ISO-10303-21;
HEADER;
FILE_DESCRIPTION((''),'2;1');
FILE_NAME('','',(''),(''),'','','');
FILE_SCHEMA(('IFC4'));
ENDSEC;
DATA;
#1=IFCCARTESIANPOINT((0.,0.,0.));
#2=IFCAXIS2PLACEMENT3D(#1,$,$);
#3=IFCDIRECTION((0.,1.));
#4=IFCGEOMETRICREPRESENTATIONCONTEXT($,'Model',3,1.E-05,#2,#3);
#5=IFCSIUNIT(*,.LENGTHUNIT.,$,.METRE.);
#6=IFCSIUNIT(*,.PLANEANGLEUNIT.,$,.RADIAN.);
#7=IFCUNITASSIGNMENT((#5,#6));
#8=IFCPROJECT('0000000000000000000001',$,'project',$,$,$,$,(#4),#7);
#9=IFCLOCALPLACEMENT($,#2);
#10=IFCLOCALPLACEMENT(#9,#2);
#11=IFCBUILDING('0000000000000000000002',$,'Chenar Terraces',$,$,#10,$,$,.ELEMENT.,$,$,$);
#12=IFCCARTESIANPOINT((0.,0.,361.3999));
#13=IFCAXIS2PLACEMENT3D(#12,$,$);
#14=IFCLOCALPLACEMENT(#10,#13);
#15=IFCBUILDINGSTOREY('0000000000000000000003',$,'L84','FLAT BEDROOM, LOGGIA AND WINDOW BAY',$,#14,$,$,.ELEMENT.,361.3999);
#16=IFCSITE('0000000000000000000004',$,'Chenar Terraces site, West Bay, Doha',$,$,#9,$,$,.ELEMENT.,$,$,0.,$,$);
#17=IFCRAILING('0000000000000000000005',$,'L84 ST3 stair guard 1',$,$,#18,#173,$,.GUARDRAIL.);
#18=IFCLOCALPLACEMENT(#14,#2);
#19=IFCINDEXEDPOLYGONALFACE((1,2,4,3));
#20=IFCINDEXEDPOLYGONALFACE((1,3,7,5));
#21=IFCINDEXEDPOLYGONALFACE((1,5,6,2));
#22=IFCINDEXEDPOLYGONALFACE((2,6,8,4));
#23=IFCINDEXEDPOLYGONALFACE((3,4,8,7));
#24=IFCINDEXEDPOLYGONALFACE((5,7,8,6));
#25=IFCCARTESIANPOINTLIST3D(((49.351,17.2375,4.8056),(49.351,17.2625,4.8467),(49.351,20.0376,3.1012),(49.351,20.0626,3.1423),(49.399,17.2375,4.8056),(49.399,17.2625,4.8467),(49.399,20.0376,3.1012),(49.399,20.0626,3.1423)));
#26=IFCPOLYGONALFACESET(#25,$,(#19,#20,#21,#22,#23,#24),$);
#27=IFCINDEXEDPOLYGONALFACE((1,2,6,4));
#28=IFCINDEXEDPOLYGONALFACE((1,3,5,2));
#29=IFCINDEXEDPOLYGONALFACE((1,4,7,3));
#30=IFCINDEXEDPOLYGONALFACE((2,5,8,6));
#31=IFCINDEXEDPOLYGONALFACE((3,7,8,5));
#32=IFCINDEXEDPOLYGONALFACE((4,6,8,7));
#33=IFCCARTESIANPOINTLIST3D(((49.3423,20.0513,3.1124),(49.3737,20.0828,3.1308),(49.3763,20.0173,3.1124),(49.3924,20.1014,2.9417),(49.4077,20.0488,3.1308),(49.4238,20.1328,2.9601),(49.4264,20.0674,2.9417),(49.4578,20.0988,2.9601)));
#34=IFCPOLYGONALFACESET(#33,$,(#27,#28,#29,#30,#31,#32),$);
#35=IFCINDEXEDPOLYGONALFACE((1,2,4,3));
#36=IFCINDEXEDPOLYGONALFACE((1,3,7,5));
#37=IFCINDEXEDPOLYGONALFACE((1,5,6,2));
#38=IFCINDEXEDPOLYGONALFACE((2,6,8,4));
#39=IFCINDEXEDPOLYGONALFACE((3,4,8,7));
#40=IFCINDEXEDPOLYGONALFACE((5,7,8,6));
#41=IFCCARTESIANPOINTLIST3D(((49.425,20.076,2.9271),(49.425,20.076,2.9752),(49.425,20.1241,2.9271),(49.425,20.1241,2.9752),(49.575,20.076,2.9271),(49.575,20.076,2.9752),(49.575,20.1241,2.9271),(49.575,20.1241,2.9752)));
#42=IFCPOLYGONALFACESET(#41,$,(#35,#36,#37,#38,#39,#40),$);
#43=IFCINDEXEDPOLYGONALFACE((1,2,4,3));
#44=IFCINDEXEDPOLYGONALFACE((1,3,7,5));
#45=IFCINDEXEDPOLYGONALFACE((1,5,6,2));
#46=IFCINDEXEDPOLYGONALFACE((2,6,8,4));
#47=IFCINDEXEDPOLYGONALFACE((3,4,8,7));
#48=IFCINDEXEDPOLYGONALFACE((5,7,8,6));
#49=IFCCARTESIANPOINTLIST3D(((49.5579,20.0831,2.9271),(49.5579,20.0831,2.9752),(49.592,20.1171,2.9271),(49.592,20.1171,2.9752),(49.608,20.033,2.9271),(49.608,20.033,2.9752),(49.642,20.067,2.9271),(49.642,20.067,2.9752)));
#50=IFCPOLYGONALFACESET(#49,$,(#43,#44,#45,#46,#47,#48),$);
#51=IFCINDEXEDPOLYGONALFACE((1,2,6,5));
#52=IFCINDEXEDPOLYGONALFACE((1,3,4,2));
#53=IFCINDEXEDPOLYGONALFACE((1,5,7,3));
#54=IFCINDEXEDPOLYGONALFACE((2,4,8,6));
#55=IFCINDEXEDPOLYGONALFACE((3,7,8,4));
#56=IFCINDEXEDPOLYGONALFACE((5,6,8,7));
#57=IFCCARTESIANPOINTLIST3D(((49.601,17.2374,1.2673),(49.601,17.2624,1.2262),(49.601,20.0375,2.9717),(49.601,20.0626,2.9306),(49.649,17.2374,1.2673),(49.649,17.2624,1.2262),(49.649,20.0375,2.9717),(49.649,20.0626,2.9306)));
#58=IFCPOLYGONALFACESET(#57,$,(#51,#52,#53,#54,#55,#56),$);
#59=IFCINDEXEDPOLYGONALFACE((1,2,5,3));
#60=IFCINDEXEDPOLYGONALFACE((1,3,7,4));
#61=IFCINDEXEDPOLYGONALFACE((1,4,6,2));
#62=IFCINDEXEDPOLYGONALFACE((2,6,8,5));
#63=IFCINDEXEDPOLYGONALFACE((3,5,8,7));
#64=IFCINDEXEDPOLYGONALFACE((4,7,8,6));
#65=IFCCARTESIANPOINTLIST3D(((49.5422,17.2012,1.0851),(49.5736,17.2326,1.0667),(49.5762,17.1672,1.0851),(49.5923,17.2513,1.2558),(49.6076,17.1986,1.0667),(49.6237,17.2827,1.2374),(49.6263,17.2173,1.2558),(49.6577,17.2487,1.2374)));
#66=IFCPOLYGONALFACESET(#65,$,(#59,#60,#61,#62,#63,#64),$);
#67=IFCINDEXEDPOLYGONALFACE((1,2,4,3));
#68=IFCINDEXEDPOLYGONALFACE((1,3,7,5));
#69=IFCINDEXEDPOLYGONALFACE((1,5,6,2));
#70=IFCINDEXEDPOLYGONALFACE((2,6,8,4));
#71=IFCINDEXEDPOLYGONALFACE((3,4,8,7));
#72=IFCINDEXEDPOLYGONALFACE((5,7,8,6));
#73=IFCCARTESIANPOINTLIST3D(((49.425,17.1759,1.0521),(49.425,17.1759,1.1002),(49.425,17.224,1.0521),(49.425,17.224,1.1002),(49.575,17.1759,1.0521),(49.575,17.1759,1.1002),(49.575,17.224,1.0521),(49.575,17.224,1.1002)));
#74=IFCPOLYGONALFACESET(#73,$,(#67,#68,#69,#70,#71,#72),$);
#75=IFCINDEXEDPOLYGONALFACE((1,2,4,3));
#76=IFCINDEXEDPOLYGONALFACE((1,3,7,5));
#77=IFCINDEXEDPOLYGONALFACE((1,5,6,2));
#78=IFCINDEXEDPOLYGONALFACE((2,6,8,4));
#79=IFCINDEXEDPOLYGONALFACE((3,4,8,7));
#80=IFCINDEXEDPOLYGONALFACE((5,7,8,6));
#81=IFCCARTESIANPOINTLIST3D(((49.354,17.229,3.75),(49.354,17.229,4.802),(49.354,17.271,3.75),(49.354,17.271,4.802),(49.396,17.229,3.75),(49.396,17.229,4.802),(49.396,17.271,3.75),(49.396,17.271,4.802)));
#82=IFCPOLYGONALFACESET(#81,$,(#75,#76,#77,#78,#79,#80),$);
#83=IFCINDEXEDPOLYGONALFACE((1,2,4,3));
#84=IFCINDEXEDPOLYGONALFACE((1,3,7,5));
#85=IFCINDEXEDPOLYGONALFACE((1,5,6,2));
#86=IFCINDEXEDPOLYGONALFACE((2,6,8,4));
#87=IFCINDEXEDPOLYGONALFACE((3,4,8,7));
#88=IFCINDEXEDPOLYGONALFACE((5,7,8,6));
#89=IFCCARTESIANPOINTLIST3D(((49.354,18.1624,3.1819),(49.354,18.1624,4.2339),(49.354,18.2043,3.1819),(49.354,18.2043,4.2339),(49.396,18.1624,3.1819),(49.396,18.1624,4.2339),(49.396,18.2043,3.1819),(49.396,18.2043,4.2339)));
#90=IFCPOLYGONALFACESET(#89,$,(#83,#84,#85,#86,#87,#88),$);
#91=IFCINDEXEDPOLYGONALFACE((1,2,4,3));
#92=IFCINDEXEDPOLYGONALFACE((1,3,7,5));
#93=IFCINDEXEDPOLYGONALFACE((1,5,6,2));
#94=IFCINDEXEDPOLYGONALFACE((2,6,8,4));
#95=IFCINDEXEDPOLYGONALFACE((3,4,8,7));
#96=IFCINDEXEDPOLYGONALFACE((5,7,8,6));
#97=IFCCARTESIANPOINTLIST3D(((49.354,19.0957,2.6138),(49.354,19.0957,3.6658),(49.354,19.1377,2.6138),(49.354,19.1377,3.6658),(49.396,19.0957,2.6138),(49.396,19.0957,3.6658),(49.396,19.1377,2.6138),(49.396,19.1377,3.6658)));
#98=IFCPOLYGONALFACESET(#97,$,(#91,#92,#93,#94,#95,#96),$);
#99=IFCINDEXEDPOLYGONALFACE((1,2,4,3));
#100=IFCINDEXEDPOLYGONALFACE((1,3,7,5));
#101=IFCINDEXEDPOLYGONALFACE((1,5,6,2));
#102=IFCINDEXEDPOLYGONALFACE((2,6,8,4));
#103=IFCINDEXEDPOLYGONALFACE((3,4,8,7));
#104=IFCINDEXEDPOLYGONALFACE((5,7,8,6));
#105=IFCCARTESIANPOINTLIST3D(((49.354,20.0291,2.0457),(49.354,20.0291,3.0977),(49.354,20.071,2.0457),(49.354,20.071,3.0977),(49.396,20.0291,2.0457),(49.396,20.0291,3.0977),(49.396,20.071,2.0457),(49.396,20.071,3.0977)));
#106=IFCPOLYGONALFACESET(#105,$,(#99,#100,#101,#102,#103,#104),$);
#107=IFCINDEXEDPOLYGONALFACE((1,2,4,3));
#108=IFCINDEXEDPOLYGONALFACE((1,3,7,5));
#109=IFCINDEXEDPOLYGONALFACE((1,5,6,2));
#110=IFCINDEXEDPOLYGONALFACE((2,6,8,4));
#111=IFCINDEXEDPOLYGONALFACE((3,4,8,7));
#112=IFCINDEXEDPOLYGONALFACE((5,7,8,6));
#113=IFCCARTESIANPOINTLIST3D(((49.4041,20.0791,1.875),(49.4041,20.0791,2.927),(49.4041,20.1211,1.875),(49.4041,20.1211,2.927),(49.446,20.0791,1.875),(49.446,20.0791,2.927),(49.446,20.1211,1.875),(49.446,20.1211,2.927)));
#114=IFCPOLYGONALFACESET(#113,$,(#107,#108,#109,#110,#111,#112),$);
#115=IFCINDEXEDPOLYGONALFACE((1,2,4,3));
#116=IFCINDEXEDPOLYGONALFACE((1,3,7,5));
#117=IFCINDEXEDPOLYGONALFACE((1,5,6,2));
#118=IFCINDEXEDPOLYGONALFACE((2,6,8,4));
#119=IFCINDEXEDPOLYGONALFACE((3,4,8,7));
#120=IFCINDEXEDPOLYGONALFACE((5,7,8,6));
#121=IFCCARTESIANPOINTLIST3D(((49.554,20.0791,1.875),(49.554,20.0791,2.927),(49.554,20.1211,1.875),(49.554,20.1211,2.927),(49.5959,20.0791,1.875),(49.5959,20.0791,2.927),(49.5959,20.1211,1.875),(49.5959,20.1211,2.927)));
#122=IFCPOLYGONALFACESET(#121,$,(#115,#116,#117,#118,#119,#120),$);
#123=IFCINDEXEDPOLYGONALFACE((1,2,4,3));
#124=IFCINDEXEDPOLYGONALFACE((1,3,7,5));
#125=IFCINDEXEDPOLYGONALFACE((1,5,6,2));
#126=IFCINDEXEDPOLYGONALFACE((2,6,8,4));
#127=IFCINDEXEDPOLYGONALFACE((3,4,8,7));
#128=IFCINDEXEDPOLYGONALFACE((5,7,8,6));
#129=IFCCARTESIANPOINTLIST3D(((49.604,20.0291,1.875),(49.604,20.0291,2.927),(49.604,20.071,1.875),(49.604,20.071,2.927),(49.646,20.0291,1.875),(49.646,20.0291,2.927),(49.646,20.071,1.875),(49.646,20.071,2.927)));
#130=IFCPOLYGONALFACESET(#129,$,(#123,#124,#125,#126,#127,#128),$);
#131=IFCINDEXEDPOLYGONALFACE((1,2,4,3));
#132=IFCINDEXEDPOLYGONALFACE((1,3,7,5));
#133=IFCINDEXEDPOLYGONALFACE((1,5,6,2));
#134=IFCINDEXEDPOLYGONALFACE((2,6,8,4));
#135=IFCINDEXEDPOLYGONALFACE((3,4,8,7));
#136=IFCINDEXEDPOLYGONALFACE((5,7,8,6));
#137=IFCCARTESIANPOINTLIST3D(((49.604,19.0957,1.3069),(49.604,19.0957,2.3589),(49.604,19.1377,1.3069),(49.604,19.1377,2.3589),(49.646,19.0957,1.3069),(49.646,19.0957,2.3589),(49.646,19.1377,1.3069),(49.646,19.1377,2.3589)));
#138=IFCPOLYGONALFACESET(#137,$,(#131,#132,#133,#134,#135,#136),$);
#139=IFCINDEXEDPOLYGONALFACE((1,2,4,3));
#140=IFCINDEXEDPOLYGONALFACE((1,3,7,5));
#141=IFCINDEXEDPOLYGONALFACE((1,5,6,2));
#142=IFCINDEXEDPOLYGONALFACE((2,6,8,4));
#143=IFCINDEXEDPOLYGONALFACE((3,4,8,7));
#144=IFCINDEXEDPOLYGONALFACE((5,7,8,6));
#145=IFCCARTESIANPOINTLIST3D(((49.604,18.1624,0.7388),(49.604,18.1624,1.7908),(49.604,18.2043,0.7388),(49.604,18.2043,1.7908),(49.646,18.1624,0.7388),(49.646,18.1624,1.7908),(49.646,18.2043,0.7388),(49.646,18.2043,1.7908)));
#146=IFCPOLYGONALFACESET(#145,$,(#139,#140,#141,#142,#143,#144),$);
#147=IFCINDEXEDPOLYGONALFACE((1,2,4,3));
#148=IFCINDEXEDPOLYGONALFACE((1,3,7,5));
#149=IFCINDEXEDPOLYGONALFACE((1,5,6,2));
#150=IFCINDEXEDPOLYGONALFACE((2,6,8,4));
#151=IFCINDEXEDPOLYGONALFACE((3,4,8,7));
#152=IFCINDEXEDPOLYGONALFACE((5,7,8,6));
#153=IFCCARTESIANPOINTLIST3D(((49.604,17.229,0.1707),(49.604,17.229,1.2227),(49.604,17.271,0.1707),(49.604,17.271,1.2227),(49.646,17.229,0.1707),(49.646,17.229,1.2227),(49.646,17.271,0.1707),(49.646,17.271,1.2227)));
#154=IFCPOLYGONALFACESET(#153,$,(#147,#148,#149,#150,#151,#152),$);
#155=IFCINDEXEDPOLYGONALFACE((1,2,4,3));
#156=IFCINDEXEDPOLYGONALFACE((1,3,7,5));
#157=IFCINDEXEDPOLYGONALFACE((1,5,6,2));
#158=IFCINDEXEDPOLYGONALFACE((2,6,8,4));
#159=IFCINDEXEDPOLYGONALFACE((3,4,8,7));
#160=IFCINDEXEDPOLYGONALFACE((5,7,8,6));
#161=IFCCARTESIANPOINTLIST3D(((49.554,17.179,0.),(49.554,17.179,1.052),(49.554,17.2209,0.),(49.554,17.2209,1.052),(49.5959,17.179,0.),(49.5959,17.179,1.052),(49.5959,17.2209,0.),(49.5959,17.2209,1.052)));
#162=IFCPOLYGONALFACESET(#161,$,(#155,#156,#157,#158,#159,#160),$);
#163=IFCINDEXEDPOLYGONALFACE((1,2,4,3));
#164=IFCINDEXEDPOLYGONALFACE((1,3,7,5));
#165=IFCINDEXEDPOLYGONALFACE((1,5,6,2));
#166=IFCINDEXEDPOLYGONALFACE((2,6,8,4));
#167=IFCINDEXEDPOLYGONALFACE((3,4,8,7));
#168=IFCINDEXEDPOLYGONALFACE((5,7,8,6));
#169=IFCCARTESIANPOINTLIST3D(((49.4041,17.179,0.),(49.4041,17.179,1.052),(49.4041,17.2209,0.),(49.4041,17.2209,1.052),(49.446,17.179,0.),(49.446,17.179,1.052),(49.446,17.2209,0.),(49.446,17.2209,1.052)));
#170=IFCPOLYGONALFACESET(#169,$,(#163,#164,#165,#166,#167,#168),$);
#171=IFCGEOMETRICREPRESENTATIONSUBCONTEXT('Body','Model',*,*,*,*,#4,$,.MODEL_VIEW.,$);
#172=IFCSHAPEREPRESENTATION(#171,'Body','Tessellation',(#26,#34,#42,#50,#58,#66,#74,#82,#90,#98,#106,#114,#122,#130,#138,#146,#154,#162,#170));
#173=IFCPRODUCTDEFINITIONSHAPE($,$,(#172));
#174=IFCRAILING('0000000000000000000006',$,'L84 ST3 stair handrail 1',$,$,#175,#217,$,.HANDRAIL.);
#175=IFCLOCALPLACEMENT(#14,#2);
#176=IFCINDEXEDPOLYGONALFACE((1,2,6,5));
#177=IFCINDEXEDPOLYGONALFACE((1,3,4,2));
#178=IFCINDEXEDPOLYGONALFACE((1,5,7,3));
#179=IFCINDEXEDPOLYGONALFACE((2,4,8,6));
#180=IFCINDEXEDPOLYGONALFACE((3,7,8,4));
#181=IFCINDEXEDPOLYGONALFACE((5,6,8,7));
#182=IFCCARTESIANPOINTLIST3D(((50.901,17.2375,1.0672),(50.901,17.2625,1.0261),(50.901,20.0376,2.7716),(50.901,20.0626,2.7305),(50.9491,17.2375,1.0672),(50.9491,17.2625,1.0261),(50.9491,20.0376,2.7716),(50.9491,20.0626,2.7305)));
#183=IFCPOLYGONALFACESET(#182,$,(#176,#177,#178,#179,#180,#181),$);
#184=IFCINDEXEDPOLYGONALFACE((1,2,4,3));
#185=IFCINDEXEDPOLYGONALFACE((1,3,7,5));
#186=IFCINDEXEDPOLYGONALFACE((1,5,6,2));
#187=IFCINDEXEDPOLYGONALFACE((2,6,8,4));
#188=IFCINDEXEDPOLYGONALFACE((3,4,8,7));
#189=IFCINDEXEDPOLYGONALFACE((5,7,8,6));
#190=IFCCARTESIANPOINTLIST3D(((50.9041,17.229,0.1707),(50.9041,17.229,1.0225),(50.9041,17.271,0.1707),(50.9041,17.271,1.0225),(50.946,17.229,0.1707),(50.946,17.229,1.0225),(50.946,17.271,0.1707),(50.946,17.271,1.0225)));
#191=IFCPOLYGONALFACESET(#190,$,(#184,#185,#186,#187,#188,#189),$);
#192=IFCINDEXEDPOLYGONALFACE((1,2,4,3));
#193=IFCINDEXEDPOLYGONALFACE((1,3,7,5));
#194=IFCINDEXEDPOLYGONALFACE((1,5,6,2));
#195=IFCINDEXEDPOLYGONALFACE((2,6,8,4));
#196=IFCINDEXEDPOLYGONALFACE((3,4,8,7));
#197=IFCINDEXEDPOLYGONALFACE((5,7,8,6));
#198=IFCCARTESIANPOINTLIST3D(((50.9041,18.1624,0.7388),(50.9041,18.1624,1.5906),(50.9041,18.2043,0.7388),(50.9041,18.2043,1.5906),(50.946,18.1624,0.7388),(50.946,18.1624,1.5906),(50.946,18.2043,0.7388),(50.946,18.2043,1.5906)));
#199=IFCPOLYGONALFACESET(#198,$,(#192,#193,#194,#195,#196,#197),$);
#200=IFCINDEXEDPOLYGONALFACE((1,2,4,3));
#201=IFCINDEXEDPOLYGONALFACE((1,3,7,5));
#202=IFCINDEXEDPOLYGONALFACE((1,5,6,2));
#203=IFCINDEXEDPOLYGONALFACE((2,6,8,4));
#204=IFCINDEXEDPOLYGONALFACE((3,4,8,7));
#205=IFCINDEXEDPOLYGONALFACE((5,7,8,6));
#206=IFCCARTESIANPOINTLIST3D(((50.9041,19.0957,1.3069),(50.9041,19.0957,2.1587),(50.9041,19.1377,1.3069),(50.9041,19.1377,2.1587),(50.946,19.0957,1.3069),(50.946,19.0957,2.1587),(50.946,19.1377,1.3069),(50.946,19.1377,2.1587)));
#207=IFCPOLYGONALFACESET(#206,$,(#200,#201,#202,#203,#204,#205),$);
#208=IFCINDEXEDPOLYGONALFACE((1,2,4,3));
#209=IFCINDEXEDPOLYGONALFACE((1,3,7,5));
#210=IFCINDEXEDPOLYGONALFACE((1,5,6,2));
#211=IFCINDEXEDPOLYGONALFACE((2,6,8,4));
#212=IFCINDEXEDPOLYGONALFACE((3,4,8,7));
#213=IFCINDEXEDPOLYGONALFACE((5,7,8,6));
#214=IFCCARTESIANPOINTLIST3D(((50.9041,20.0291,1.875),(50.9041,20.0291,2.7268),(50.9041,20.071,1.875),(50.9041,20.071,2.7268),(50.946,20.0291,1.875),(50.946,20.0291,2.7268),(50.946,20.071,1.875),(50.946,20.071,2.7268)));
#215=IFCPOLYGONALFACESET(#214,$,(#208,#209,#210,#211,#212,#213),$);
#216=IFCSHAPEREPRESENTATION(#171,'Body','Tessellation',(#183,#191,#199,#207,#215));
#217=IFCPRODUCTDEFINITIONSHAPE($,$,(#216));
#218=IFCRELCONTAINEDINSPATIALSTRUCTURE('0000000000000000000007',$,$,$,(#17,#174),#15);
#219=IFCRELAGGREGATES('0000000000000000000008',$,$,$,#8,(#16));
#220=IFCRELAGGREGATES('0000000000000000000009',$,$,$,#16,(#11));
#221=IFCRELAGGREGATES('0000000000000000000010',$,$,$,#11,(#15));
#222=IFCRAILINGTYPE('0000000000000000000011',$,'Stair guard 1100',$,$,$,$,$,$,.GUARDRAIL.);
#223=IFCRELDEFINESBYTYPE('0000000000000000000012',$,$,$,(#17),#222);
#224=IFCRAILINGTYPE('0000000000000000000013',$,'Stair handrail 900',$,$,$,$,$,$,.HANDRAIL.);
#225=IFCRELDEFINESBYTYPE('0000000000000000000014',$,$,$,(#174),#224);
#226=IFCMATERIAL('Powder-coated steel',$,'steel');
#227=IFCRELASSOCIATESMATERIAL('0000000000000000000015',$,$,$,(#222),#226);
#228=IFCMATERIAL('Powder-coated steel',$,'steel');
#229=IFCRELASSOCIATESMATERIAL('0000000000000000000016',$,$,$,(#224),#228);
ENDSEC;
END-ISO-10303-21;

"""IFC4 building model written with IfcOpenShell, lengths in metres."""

from ifc_helpers import new_model, si_unit, direction, frame, origin, origin_2d, place, context, subcontext, project, spatial, rectangle, extrude, material, type_object, element, save


model = new_model("IFC4")

# Units and contexts
model_context = context("Model", 3, precision=1e-05, world=origin(), true_north=direction((0.0, 1.0)))
body_context = subcontext(model_context, "Body", "Model", "MODEL_VIEW")
ifc_project = project(units=[si_unit("LENGTHUNIT", "METRE"), si_unit("PLANEANGLEUNIT", "RADIAN")], contexts=[model_context])

# Site, building, storey
site_placement = place(None, origin())
site = spatial("IfcSite", under=ifc_project, at=site_placement, Name="Chenar Terraces site, West Bay, Doha", CompositionType="ELEMENT", RefElevation=0.0)
building_placement = place(site_placement, origin())
building = spatial("IfcBuilding", under=site, at=building_placement, Name="Chenar Terraces", CompositionType="ELEMENT")
storey_placement = place(building_placement, frame((0.0, 0.0, 361.3999)))
storey = spatial("IfcBuildingStorey", under=building, at=storey_placement, Name="L84", Description="FLAT BEDROOM, LOGGIA AND WINDOW BAY", CompositionType="ELEMENT", Elevation=361.3999)

# Railings
ifc_material_1 = material(Name="Powder-coated steel", Category="steel")
railing_type_1 = type_object("IfcRailingType", Name="Stair guard 1100", PredefinedType="GUARDRAIL", material=ifc_material_1)
railing_1_placement = place(storey_placement, frame((49.375, 17.25, 3.75)))
element("IfcRailing", 1, at=railing_1_placement, inside=storey, type_object=railing_type_1, Name="L84 ST3 stair guard 1", PredefinedType="GUARDRAIL", context=body_context, shape_type="SweptSolid", body=[
    extrude(rectangle(XDim=0.0481, YDim=0.0481, at=origin_2d()), frame((0.0, 0.0, 1.0762), z_axis=(0.0, 0.854203, -0.51994), x_axis=(-1.0, 0.0, 0.0)), (0.0, 0.0, 1.0), 3.2781),
    extrude(rectangle(XDim=0.0481, YDim=0.0481, at=origin_2d()), frame((0.0, 2.8, -0.6284), z_axis=(0.2709, 0.2709, -0.923703), x_axis=(-0.707107, 0.707107, 0.0)), (0.0, 0.0, 1.0), 0.1848),
    extrude(rectangle(XDim=0.0481, YDim=0.0481, at=origin_2d()), frame((0.05, 2.8501, -0.7988), z_axis=(1.0, 0.0, 0.0), x_axis=(0.0, 1.0, 0.0)), (0.0, 0.0, 1.0), 0.1499),
    extrude(rectangle(XDim=0.0481, YDim=0.0481, at=origin_2d()), frame((0.2, 2.8501, -0.7988), z_axis=(0.707107, -0.707107, 0.0), x_axis=(0.707107, 0.707107, 0.0)), (0.0, 0.0, 1.0), 0.0708),
    extrude(rectangle(XDim=0.0481, YDim=0.0481, at=origin_2d()), frame((0.25, 2.8, -0.7988), z_axis=(0.0, -0.854203, -0.51994), x_axis=(1.0, 0.0, 0.0)), (0.0, 0.0, 1.0), 3.2781),
    extrude(rectangle(XDim=0.0481, YDim=0.0481, at=origin_2d()), frame((0.25, 0.0, -2.5034), z_axis=(-0.2709, -0.2709, -0.923703), x_axis=(0.707107, -0.707107, 0.0)), (0.0, 0.0, 1.0), 0.1848),
    extrude(rectangle(XDim=0.0481, YDim=0.0481, at=origin_2d()), frame((0.2, -0.05, -2.6738), z_axis=(-1.0, 0.0, 0.0), x_axis=(0.0, -1.0, 0.0)), (0.0, 0.0, 1.0), 0.1499),
    extrude(rectangle(XDim=0.042, YDim=0.042, at=origin_2d()), origin(), (0.0, 0.0, 1.0), 1.052),
    extrude(rectangle(XDim=0.042, YDim=0.042, at=origin_2d()), frame((0.0, 0.9333, -0.5681)), (0.0, 0.0, 1.0), 1.052),
    extrude(rectangle(XDim=0.042, YDim=0.042, at=origin_2d()), frame((0.0, 1.8667, -1.1362)), (0.0, 0.0, 1.0), 1.052),
    extrude(rectangle(XDim=0.042, YDim=0.042, at=origin_2d()), frame((0.0, 2.8, -1.7043)), (0.0, 0.0, 1.0), 1.052),
    extrude(rectangle(XDim=0.042, YDim=0.042, at=origin_2d()), frame((0.05, 2.8501, -1.875)), (0.0, 0.0, 1.0), 1.052),
    extrude(rectangle(XDim=0.042, YDim=0.042, at=origin_2d()), frame((0.2, 2.8501, -1.875)), (0.0, 0.0, 1.0), 1.052),
    extrude(rectangle(XDim=0.042, YDim=0.042, at=origin_2d()), frame((0.25, 2.8, -1.875)), (0.0, 0.0, 1.0), 1.052),
    extrude(rectangle(XDim=0.042, YDim=0.042, at=origin_2d()), frame((0.25, 1.8667, -2.4431)), (0.0, 0.0, 1.0), 1.052),
    extrude(rectangle(XDim=0.042, YDim=0.042, at=origin_2d()), frame((0.25, 0.9333, -3.0112)), (0.0, 0.0, 1.0), 1.052),
    extrude(rectangle(XDim=0.042, YDim=0.042, at=origin_2d()), frame((0.25, 0.0, -3.5793)), (0.0, 0.0, 1.0), 1.052),
    extrude(rectangle(XDim=0.042, YDim=0.042, at=origin_2d()), frame((0.2, -0.05, -3.75)), (0.0, 0.0, 1.0), 1.052),
    extrude(rectangle(XDim=0.042, YDim=0.042, at=origin_2d()), frame((0.05, -0.05, -3.75)), (0.0, 0.0, 1.0), 1.052),
])
ifc_material_2 = material(Name="Powder-coated steel", Category="steel")
railing_type_2 = type_object("IfcRailingType", Name="Stair handrail 900", PredefinedType="HANDRAIL", material=ifc_material_2)
railing_2_placement = place(storey_placement, frame((50.925, 17.25, 0.1707)))
element("IfcRailing", 2, at=railing_2_placement, inside=storey, type_object=railing_type_2, Name="L84 ST3 stair handrail 1", PredefinedType="HANDRAIL", context=body_context, shape_type="SweptSolid", body=[
    extrude(rectangle(XDim=0.0481, YDim=0.0481, at=origin_2d()), frame((0.0, 0.0, 0.876), z_axis=(0.0, 0.854203, 0.51994), x_axis=(-1.0, 0.0, 0.0)), (0.0, 0.0, 1.0), 3.2781),
    extrude(rectangle(XDim=0.042, YDim=0.042, at=origin_2d()), origin(), (0.0, 0.0, 1.0), 0.8518),
    extrude(rectangle(XDim=0.042, YDim=0.042, at=origin_2d()), frame((0.0, 0.9333, 0.5681)), (0.0, 0.0, 1.0), 0.8518),
    extrude(rectangle(XDim=0.042, YDim=0.042, at=origin_2d()), frame((0.0, 1.8667, 1.1362)), (0.0, 0.0, 1.0), 0.8518),
    extrude(rectangle(XDim=0.042, YDim=0.042, at=origin_2d()), frame((0.0, 2.8, 1.7043)), (0.0, 0.0, 1.0), 0.8518),
])

save(model, "model.ifc")
